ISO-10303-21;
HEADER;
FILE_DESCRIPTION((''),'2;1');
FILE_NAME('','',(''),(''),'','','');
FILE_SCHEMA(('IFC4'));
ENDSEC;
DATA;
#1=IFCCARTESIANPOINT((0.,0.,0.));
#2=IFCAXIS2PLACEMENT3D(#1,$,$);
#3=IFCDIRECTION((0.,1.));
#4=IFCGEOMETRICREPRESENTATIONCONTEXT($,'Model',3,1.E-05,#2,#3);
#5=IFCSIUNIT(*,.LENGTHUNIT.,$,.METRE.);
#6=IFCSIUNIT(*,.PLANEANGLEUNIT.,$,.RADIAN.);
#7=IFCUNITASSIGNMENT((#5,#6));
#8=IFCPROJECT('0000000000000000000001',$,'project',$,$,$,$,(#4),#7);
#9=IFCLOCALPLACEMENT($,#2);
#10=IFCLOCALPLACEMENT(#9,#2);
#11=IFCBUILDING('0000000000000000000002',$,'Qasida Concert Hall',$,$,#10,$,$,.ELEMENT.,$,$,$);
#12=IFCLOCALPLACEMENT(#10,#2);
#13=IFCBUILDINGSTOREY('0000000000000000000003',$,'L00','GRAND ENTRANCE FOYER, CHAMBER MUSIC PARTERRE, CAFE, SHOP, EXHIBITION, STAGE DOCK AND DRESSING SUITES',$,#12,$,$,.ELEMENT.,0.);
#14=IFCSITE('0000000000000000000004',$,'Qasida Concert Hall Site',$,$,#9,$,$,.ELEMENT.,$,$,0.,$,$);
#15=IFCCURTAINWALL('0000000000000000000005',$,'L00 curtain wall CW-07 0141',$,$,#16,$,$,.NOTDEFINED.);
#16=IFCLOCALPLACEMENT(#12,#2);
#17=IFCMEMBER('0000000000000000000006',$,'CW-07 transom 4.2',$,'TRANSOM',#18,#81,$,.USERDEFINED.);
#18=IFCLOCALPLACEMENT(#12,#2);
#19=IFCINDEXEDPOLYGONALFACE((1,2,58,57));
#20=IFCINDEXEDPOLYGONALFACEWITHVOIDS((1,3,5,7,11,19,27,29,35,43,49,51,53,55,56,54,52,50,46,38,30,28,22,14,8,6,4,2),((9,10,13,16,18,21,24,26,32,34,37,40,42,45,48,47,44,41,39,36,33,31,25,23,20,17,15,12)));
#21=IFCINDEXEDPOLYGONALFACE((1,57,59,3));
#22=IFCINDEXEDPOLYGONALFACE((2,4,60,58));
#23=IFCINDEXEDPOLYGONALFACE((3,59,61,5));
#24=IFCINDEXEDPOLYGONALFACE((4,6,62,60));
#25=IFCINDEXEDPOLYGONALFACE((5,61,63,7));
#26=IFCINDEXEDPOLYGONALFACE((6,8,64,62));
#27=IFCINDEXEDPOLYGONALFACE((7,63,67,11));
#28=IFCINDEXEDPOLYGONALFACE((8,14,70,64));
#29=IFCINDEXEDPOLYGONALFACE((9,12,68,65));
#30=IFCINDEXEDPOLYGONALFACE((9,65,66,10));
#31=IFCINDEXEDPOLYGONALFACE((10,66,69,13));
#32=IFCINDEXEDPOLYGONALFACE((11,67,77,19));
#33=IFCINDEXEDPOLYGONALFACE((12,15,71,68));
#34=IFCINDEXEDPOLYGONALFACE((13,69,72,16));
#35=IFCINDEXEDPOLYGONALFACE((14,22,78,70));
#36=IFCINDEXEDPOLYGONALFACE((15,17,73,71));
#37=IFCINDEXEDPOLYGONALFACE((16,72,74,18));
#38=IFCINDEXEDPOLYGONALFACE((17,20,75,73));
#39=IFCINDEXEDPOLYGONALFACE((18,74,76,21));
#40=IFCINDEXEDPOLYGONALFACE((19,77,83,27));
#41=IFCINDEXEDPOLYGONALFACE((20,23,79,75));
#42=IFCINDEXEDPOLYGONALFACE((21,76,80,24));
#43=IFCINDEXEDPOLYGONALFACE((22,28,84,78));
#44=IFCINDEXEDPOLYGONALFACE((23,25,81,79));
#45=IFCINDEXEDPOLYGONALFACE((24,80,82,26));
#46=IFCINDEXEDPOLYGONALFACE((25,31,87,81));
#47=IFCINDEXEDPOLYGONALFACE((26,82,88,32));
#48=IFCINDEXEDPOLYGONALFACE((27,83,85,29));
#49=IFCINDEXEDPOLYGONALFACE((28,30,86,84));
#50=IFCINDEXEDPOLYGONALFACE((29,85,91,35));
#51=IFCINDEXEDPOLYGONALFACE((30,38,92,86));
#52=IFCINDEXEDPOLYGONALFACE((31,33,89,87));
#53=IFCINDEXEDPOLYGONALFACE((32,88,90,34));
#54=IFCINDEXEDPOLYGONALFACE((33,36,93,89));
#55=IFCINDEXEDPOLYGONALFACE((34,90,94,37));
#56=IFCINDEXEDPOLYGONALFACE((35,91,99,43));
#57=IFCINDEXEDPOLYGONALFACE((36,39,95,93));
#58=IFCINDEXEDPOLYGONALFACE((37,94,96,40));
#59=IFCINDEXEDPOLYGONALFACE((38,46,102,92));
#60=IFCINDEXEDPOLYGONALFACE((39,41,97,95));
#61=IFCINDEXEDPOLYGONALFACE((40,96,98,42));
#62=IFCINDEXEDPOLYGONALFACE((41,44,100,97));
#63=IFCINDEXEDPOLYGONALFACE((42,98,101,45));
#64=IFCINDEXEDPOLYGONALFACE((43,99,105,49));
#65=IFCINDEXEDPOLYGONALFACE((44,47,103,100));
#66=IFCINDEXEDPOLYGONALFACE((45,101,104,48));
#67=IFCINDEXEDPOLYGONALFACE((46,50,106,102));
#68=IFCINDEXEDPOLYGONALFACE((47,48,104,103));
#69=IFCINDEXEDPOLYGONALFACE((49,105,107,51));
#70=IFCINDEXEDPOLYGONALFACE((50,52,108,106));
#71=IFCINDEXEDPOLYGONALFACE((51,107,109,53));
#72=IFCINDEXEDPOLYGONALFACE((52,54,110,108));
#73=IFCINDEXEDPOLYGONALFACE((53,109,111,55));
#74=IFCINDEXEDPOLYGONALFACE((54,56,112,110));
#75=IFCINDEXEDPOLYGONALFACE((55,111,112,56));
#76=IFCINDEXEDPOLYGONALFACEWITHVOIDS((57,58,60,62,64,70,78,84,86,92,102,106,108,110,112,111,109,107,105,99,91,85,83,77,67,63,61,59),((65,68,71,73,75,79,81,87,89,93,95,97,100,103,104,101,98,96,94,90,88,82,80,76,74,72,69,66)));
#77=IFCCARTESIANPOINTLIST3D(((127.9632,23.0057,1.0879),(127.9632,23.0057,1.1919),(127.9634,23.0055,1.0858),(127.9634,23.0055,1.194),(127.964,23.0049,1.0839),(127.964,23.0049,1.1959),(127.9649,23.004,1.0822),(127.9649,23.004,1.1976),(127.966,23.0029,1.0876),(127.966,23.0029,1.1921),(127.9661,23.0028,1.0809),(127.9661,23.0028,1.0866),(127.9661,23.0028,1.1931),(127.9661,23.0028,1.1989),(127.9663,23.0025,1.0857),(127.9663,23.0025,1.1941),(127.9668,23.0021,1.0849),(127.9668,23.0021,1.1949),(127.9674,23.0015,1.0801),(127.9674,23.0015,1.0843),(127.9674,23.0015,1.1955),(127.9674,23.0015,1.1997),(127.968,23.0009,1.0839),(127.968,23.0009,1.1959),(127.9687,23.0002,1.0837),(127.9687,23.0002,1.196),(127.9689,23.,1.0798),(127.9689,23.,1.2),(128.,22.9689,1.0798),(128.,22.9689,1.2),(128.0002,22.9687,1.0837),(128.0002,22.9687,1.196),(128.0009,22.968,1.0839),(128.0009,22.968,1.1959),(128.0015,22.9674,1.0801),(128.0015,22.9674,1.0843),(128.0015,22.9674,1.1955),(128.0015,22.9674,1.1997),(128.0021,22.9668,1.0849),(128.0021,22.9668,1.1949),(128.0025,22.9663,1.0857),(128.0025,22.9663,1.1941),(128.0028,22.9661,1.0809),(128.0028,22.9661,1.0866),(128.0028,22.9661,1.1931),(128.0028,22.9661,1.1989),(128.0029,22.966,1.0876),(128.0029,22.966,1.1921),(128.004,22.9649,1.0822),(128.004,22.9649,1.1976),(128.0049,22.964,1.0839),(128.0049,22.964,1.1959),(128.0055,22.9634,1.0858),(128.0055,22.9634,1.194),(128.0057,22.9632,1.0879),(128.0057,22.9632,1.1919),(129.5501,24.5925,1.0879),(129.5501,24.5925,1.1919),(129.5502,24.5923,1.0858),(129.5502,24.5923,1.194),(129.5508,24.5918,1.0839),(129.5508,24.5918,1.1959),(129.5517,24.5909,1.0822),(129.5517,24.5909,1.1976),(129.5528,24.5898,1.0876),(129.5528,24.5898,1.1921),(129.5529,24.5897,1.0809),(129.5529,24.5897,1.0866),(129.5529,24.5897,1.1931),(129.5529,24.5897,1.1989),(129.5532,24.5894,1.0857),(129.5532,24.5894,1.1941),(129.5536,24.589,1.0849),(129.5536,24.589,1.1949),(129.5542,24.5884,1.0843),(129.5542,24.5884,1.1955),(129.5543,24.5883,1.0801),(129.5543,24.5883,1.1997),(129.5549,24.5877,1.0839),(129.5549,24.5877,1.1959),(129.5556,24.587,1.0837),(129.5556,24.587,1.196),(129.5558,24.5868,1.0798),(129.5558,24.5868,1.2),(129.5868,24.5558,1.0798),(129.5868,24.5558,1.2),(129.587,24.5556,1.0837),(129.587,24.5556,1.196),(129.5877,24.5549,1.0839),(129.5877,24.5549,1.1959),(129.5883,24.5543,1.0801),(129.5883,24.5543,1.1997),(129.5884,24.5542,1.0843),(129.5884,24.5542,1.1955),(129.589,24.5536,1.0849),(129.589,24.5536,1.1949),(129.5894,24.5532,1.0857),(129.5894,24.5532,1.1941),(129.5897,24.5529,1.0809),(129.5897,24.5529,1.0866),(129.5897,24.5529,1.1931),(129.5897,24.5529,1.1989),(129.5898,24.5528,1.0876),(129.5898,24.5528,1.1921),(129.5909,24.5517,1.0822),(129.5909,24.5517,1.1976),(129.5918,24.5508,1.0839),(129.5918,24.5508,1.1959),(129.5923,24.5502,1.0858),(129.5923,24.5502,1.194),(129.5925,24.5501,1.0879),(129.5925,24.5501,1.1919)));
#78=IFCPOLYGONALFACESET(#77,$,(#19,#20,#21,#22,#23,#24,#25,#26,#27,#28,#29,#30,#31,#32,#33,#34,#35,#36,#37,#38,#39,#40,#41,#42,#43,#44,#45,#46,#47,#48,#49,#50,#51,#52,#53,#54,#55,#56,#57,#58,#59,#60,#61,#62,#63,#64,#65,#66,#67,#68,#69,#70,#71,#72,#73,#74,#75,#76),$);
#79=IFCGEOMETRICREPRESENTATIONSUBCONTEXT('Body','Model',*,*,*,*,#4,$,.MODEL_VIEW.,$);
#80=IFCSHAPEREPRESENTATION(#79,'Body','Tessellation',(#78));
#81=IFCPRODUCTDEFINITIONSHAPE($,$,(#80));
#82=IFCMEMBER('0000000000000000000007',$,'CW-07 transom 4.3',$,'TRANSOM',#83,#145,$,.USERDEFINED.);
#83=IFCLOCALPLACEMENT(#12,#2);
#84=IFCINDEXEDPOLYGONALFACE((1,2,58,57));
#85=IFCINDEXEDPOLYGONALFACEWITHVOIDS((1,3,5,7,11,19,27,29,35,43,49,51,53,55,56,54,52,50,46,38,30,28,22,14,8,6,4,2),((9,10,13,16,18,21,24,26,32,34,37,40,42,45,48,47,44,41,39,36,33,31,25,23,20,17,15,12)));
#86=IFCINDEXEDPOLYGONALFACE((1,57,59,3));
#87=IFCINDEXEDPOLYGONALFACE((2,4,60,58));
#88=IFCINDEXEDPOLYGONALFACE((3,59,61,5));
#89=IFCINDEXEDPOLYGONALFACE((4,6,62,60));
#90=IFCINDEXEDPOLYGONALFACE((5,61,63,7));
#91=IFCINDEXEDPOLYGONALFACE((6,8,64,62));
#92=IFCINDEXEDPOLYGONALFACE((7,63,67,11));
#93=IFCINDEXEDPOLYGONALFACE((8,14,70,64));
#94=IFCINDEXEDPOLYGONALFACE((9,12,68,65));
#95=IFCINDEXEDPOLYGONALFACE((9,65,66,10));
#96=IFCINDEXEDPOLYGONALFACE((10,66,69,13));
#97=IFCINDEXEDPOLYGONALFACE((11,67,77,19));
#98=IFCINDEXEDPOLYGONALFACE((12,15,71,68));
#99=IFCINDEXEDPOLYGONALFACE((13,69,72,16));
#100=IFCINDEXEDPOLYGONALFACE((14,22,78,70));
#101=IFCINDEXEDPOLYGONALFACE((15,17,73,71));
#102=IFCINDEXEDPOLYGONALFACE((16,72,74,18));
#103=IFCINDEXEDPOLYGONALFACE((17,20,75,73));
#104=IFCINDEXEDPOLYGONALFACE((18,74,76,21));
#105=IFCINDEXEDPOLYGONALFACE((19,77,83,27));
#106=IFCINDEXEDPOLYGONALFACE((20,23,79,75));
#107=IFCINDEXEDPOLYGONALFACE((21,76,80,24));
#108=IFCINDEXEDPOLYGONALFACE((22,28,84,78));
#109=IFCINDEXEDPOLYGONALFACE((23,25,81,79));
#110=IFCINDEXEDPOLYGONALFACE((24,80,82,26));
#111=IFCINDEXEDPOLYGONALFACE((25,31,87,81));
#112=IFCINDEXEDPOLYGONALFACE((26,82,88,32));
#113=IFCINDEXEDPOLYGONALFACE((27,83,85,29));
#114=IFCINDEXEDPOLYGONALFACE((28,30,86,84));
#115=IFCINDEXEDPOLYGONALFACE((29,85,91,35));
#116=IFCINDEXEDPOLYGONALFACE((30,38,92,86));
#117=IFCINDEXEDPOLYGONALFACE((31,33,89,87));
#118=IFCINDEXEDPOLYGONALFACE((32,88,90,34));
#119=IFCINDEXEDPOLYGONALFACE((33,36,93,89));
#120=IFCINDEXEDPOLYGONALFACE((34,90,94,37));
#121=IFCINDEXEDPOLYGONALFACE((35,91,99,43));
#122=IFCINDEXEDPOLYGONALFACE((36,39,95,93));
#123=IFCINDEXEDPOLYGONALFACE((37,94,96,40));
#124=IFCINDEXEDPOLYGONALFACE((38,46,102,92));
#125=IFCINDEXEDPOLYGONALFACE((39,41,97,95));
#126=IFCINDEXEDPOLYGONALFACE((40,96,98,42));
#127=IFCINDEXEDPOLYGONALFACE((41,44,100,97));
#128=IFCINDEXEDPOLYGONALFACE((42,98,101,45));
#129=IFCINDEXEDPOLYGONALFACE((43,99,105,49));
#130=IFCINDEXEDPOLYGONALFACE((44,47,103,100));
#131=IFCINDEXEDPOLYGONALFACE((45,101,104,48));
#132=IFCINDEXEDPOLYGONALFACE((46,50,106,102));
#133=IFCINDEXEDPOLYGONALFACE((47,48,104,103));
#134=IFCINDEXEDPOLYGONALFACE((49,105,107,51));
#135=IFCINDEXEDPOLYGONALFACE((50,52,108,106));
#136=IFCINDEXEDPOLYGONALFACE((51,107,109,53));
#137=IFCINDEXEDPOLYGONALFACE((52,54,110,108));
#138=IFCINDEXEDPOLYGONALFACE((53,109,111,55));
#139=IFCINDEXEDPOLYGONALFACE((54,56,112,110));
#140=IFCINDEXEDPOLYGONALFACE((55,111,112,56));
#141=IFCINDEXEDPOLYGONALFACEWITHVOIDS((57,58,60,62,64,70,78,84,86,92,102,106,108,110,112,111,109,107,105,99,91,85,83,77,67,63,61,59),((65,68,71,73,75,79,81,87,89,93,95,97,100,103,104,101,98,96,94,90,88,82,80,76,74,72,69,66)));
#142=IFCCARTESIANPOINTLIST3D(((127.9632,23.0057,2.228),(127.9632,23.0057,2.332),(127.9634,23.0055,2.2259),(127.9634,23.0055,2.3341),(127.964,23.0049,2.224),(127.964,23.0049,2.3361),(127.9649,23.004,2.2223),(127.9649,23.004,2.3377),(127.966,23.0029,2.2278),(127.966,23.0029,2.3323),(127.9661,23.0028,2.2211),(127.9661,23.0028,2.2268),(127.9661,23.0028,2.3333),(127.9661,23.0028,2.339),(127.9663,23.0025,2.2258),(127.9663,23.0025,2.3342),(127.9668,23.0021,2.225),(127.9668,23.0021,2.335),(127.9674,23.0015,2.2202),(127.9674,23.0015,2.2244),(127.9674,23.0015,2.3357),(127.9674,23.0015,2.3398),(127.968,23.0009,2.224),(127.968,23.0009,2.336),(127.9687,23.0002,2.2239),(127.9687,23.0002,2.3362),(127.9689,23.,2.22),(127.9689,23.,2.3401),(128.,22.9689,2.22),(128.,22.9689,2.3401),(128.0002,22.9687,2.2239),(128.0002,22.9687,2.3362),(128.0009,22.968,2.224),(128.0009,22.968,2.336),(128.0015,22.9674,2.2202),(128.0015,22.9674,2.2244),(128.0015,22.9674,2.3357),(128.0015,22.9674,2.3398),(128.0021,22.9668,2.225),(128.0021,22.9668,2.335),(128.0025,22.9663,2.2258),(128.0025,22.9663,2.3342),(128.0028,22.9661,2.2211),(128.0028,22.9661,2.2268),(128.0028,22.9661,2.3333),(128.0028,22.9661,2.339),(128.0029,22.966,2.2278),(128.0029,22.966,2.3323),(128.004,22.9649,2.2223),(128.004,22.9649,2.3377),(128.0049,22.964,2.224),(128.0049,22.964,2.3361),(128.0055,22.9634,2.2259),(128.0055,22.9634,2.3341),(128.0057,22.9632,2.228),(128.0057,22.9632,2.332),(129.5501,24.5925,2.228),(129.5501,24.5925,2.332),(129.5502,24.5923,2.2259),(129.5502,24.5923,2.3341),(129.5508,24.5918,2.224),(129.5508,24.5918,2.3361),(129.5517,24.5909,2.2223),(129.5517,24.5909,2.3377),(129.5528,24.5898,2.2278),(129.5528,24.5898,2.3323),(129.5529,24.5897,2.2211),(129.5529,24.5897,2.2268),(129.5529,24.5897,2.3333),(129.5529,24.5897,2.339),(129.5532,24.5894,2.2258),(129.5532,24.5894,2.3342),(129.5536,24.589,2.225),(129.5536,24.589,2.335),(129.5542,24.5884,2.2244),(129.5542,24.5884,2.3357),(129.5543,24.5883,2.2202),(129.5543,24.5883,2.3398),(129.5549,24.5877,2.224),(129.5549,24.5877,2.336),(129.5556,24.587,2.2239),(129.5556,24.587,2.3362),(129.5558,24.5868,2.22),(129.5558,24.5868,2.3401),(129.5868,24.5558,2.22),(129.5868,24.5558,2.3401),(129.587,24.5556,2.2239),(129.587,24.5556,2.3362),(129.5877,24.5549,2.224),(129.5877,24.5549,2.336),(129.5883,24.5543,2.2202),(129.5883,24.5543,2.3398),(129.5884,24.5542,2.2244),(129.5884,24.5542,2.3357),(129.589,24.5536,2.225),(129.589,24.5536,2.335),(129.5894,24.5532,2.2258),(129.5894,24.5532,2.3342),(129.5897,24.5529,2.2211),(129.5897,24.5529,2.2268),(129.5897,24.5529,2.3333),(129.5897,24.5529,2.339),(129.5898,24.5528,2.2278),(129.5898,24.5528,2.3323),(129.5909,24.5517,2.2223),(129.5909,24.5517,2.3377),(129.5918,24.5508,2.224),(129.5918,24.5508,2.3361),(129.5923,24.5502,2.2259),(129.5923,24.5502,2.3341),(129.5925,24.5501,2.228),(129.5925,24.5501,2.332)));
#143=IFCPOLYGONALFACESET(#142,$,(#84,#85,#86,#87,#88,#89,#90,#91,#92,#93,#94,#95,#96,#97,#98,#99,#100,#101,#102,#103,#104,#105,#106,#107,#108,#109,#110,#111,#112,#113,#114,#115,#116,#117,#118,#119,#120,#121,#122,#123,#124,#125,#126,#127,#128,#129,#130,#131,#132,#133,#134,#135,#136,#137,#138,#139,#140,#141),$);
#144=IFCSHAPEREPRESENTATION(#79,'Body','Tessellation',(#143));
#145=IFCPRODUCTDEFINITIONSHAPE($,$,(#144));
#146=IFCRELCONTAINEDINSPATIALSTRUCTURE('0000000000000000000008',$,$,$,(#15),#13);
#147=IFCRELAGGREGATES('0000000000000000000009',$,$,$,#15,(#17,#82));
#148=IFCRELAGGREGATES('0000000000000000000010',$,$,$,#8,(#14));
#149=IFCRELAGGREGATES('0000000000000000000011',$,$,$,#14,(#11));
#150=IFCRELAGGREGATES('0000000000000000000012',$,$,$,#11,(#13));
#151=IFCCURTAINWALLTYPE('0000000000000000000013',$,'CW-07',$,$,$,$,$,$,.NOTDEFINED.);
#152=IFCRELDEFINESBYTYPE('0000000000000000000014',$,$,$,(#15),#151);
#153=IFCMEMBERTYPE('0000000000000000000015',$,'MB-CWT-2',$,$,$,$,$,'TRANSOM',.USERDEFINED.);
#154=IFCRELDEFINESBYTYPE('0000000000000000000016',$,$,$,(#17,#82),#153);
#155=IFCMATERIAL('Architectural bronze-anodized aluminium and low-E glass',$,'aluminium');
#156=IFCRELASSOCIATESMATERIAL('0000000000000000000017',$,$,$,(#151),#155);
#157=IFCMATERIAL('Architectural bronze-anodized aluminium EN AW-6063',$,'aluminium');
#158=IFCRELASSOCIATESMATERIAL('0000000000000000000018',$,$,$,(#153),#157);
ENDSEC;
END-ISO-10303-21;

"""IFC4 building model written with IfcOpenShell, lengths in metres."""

from ifc_helpers import new_model, si_unit, direction, frame, origin, origin_2d, place, context, subcontext, project, spatial, hollow_rectangle, extrude, material, material_profile, profile_set, type_object, element, aggregate, save


model = new_model("IFC4")

# Units and contexts
model_context = context("Model", 3, precision=1e-05, world=origin(), true_north=direction((0.0, 1.0)))
body_context = subcontext(model_context, "Body", "Model", "MODEL_VIEW")
ifc_project = project(units=[si_unit("LENGTHUNIT", "METRE"), si_unit("PLANEANGLEUNIT", "RADIAN")], contexts=[model_context])

# Site, building, storey
site_placement = place(None, origin())
site = spatial("IfcSite", under=ifc_project, at=site_placement, Name="Qasida Concert Hall Site", CompositionType="ELEMENT", RefElevation=0.0)
building_placement = place(site_placement, origin())
building = spatial("IfcBuilding", under=site, at=building_placement, Name="Qasida Concert Hall", CompositionType="ELEMENT")
storey_placement = place(building_placement, origin())
storey = spatial("IfcBuildingStorey", under=building, at=storey_placement, Name="L00", Description="GRAND ENTRANCE FOYER, CHAMBER MUSIC PARTERRE, CAFE, SHOP, EXHIBITION, STAGE DOCK AND DRESSING SUITES", CompositionType="ELEMENT", Elevation=0.0)

# Curtain wall, members
ifc_material_1 = material(Name="Architectural bronze-anodized aluminium and low-E glass", Category="aluminium")
curtain_wall_type = type_object("IfcCurtainWallType", Name="CW-07", PredefinedType="NOTDEFINED", material=ifc_material_1)
curtain_wall_placement = place(storey_placement, origin())
curtain_wall = element("IfcCurtainWall", 1, at=curtain_wall_placement, inside=storey, type_object=curtain_wall_type, Name="L00 curtain wall CW-07 0141", PredefinedType="NOTDEFINED")
ifc_material_2 = material(Name="Architectural bronze-anodized aluminium EN AW-6063", Category="aluminium")
ifc_material_profile_1 = material_profile(ifc_material_2, hollow_rectangle(XDim=0.0601, YDim=0.1201, WallThickness=0.0039, InnerFilletRadius=0.0039, OuterFilletRadius=0.0081, at=origin_2d()), Name="CWT 120x60x4")
ifc_profile_set_1 = profile_set([ifc_material_profile_1], Name="Architectural bronze-anodized aluminium EN AW-6063")
member_type_1 = type_object("IfcMemberType", Name="MB-CWT-2", ElementType="TRANSOM", PredefinedType="USERDEFINED", material=ifc_profile_set_1)
member_1_placement = place(storey_placement, frame((129.5713, 24.5713, 1.1399), z_axis=(-0.707107, -0.707107, 0.0), x_axis=(0.707107, -0.707107, 0.0)))
member_1 = element("IfcMember", 2, at=member_1_placement, type_object=member_type_1, Name="CW-07 transom 4.2", ObjectType="TRANSOM", PredefinedType="USERDEFINED", context=body_context, shape_type="SweptSolid", body=[
    extrude(hollow_rectangle(XDim=0.0601, YDim=0.1201, WallThickness=0.0039, InnerFilletRadius=0.0039, OuterFilletRadius=0.0081, at=origin_2d()), origin(), (0.0, 0.0, 1.0), 2.2441),
])
member_2_placement = place(storey_placement, frame((129.5713, 24.5713, 2.28), z_axis=(-0.707107, -0.707107, 0.0), x_axis=(0.707107, -0.707107, 0.0)))
member_2 = element("IfcMember", 3, at=member_2_placement, type_object=member_type_1, Name="CW-07 transom 4.3", ObjectType="TRANSOM", PredefinedType="USERDEFINED", context=body_context, shape_type="SweptSolid", body=[
    extrude(hollow_rectangle(XDim=0.0601, YDim=0.1201, WallThickness=0.0039, InnerFilletRadius=0.0039, OuterFilletRadius=0.0081, at=origin_2d()), origin(), (0.0, 0.0, 1.0), 2.2441),
])
aggregate(curtain_wall, [member_1, member_2])

save(model, "model.ifc")
